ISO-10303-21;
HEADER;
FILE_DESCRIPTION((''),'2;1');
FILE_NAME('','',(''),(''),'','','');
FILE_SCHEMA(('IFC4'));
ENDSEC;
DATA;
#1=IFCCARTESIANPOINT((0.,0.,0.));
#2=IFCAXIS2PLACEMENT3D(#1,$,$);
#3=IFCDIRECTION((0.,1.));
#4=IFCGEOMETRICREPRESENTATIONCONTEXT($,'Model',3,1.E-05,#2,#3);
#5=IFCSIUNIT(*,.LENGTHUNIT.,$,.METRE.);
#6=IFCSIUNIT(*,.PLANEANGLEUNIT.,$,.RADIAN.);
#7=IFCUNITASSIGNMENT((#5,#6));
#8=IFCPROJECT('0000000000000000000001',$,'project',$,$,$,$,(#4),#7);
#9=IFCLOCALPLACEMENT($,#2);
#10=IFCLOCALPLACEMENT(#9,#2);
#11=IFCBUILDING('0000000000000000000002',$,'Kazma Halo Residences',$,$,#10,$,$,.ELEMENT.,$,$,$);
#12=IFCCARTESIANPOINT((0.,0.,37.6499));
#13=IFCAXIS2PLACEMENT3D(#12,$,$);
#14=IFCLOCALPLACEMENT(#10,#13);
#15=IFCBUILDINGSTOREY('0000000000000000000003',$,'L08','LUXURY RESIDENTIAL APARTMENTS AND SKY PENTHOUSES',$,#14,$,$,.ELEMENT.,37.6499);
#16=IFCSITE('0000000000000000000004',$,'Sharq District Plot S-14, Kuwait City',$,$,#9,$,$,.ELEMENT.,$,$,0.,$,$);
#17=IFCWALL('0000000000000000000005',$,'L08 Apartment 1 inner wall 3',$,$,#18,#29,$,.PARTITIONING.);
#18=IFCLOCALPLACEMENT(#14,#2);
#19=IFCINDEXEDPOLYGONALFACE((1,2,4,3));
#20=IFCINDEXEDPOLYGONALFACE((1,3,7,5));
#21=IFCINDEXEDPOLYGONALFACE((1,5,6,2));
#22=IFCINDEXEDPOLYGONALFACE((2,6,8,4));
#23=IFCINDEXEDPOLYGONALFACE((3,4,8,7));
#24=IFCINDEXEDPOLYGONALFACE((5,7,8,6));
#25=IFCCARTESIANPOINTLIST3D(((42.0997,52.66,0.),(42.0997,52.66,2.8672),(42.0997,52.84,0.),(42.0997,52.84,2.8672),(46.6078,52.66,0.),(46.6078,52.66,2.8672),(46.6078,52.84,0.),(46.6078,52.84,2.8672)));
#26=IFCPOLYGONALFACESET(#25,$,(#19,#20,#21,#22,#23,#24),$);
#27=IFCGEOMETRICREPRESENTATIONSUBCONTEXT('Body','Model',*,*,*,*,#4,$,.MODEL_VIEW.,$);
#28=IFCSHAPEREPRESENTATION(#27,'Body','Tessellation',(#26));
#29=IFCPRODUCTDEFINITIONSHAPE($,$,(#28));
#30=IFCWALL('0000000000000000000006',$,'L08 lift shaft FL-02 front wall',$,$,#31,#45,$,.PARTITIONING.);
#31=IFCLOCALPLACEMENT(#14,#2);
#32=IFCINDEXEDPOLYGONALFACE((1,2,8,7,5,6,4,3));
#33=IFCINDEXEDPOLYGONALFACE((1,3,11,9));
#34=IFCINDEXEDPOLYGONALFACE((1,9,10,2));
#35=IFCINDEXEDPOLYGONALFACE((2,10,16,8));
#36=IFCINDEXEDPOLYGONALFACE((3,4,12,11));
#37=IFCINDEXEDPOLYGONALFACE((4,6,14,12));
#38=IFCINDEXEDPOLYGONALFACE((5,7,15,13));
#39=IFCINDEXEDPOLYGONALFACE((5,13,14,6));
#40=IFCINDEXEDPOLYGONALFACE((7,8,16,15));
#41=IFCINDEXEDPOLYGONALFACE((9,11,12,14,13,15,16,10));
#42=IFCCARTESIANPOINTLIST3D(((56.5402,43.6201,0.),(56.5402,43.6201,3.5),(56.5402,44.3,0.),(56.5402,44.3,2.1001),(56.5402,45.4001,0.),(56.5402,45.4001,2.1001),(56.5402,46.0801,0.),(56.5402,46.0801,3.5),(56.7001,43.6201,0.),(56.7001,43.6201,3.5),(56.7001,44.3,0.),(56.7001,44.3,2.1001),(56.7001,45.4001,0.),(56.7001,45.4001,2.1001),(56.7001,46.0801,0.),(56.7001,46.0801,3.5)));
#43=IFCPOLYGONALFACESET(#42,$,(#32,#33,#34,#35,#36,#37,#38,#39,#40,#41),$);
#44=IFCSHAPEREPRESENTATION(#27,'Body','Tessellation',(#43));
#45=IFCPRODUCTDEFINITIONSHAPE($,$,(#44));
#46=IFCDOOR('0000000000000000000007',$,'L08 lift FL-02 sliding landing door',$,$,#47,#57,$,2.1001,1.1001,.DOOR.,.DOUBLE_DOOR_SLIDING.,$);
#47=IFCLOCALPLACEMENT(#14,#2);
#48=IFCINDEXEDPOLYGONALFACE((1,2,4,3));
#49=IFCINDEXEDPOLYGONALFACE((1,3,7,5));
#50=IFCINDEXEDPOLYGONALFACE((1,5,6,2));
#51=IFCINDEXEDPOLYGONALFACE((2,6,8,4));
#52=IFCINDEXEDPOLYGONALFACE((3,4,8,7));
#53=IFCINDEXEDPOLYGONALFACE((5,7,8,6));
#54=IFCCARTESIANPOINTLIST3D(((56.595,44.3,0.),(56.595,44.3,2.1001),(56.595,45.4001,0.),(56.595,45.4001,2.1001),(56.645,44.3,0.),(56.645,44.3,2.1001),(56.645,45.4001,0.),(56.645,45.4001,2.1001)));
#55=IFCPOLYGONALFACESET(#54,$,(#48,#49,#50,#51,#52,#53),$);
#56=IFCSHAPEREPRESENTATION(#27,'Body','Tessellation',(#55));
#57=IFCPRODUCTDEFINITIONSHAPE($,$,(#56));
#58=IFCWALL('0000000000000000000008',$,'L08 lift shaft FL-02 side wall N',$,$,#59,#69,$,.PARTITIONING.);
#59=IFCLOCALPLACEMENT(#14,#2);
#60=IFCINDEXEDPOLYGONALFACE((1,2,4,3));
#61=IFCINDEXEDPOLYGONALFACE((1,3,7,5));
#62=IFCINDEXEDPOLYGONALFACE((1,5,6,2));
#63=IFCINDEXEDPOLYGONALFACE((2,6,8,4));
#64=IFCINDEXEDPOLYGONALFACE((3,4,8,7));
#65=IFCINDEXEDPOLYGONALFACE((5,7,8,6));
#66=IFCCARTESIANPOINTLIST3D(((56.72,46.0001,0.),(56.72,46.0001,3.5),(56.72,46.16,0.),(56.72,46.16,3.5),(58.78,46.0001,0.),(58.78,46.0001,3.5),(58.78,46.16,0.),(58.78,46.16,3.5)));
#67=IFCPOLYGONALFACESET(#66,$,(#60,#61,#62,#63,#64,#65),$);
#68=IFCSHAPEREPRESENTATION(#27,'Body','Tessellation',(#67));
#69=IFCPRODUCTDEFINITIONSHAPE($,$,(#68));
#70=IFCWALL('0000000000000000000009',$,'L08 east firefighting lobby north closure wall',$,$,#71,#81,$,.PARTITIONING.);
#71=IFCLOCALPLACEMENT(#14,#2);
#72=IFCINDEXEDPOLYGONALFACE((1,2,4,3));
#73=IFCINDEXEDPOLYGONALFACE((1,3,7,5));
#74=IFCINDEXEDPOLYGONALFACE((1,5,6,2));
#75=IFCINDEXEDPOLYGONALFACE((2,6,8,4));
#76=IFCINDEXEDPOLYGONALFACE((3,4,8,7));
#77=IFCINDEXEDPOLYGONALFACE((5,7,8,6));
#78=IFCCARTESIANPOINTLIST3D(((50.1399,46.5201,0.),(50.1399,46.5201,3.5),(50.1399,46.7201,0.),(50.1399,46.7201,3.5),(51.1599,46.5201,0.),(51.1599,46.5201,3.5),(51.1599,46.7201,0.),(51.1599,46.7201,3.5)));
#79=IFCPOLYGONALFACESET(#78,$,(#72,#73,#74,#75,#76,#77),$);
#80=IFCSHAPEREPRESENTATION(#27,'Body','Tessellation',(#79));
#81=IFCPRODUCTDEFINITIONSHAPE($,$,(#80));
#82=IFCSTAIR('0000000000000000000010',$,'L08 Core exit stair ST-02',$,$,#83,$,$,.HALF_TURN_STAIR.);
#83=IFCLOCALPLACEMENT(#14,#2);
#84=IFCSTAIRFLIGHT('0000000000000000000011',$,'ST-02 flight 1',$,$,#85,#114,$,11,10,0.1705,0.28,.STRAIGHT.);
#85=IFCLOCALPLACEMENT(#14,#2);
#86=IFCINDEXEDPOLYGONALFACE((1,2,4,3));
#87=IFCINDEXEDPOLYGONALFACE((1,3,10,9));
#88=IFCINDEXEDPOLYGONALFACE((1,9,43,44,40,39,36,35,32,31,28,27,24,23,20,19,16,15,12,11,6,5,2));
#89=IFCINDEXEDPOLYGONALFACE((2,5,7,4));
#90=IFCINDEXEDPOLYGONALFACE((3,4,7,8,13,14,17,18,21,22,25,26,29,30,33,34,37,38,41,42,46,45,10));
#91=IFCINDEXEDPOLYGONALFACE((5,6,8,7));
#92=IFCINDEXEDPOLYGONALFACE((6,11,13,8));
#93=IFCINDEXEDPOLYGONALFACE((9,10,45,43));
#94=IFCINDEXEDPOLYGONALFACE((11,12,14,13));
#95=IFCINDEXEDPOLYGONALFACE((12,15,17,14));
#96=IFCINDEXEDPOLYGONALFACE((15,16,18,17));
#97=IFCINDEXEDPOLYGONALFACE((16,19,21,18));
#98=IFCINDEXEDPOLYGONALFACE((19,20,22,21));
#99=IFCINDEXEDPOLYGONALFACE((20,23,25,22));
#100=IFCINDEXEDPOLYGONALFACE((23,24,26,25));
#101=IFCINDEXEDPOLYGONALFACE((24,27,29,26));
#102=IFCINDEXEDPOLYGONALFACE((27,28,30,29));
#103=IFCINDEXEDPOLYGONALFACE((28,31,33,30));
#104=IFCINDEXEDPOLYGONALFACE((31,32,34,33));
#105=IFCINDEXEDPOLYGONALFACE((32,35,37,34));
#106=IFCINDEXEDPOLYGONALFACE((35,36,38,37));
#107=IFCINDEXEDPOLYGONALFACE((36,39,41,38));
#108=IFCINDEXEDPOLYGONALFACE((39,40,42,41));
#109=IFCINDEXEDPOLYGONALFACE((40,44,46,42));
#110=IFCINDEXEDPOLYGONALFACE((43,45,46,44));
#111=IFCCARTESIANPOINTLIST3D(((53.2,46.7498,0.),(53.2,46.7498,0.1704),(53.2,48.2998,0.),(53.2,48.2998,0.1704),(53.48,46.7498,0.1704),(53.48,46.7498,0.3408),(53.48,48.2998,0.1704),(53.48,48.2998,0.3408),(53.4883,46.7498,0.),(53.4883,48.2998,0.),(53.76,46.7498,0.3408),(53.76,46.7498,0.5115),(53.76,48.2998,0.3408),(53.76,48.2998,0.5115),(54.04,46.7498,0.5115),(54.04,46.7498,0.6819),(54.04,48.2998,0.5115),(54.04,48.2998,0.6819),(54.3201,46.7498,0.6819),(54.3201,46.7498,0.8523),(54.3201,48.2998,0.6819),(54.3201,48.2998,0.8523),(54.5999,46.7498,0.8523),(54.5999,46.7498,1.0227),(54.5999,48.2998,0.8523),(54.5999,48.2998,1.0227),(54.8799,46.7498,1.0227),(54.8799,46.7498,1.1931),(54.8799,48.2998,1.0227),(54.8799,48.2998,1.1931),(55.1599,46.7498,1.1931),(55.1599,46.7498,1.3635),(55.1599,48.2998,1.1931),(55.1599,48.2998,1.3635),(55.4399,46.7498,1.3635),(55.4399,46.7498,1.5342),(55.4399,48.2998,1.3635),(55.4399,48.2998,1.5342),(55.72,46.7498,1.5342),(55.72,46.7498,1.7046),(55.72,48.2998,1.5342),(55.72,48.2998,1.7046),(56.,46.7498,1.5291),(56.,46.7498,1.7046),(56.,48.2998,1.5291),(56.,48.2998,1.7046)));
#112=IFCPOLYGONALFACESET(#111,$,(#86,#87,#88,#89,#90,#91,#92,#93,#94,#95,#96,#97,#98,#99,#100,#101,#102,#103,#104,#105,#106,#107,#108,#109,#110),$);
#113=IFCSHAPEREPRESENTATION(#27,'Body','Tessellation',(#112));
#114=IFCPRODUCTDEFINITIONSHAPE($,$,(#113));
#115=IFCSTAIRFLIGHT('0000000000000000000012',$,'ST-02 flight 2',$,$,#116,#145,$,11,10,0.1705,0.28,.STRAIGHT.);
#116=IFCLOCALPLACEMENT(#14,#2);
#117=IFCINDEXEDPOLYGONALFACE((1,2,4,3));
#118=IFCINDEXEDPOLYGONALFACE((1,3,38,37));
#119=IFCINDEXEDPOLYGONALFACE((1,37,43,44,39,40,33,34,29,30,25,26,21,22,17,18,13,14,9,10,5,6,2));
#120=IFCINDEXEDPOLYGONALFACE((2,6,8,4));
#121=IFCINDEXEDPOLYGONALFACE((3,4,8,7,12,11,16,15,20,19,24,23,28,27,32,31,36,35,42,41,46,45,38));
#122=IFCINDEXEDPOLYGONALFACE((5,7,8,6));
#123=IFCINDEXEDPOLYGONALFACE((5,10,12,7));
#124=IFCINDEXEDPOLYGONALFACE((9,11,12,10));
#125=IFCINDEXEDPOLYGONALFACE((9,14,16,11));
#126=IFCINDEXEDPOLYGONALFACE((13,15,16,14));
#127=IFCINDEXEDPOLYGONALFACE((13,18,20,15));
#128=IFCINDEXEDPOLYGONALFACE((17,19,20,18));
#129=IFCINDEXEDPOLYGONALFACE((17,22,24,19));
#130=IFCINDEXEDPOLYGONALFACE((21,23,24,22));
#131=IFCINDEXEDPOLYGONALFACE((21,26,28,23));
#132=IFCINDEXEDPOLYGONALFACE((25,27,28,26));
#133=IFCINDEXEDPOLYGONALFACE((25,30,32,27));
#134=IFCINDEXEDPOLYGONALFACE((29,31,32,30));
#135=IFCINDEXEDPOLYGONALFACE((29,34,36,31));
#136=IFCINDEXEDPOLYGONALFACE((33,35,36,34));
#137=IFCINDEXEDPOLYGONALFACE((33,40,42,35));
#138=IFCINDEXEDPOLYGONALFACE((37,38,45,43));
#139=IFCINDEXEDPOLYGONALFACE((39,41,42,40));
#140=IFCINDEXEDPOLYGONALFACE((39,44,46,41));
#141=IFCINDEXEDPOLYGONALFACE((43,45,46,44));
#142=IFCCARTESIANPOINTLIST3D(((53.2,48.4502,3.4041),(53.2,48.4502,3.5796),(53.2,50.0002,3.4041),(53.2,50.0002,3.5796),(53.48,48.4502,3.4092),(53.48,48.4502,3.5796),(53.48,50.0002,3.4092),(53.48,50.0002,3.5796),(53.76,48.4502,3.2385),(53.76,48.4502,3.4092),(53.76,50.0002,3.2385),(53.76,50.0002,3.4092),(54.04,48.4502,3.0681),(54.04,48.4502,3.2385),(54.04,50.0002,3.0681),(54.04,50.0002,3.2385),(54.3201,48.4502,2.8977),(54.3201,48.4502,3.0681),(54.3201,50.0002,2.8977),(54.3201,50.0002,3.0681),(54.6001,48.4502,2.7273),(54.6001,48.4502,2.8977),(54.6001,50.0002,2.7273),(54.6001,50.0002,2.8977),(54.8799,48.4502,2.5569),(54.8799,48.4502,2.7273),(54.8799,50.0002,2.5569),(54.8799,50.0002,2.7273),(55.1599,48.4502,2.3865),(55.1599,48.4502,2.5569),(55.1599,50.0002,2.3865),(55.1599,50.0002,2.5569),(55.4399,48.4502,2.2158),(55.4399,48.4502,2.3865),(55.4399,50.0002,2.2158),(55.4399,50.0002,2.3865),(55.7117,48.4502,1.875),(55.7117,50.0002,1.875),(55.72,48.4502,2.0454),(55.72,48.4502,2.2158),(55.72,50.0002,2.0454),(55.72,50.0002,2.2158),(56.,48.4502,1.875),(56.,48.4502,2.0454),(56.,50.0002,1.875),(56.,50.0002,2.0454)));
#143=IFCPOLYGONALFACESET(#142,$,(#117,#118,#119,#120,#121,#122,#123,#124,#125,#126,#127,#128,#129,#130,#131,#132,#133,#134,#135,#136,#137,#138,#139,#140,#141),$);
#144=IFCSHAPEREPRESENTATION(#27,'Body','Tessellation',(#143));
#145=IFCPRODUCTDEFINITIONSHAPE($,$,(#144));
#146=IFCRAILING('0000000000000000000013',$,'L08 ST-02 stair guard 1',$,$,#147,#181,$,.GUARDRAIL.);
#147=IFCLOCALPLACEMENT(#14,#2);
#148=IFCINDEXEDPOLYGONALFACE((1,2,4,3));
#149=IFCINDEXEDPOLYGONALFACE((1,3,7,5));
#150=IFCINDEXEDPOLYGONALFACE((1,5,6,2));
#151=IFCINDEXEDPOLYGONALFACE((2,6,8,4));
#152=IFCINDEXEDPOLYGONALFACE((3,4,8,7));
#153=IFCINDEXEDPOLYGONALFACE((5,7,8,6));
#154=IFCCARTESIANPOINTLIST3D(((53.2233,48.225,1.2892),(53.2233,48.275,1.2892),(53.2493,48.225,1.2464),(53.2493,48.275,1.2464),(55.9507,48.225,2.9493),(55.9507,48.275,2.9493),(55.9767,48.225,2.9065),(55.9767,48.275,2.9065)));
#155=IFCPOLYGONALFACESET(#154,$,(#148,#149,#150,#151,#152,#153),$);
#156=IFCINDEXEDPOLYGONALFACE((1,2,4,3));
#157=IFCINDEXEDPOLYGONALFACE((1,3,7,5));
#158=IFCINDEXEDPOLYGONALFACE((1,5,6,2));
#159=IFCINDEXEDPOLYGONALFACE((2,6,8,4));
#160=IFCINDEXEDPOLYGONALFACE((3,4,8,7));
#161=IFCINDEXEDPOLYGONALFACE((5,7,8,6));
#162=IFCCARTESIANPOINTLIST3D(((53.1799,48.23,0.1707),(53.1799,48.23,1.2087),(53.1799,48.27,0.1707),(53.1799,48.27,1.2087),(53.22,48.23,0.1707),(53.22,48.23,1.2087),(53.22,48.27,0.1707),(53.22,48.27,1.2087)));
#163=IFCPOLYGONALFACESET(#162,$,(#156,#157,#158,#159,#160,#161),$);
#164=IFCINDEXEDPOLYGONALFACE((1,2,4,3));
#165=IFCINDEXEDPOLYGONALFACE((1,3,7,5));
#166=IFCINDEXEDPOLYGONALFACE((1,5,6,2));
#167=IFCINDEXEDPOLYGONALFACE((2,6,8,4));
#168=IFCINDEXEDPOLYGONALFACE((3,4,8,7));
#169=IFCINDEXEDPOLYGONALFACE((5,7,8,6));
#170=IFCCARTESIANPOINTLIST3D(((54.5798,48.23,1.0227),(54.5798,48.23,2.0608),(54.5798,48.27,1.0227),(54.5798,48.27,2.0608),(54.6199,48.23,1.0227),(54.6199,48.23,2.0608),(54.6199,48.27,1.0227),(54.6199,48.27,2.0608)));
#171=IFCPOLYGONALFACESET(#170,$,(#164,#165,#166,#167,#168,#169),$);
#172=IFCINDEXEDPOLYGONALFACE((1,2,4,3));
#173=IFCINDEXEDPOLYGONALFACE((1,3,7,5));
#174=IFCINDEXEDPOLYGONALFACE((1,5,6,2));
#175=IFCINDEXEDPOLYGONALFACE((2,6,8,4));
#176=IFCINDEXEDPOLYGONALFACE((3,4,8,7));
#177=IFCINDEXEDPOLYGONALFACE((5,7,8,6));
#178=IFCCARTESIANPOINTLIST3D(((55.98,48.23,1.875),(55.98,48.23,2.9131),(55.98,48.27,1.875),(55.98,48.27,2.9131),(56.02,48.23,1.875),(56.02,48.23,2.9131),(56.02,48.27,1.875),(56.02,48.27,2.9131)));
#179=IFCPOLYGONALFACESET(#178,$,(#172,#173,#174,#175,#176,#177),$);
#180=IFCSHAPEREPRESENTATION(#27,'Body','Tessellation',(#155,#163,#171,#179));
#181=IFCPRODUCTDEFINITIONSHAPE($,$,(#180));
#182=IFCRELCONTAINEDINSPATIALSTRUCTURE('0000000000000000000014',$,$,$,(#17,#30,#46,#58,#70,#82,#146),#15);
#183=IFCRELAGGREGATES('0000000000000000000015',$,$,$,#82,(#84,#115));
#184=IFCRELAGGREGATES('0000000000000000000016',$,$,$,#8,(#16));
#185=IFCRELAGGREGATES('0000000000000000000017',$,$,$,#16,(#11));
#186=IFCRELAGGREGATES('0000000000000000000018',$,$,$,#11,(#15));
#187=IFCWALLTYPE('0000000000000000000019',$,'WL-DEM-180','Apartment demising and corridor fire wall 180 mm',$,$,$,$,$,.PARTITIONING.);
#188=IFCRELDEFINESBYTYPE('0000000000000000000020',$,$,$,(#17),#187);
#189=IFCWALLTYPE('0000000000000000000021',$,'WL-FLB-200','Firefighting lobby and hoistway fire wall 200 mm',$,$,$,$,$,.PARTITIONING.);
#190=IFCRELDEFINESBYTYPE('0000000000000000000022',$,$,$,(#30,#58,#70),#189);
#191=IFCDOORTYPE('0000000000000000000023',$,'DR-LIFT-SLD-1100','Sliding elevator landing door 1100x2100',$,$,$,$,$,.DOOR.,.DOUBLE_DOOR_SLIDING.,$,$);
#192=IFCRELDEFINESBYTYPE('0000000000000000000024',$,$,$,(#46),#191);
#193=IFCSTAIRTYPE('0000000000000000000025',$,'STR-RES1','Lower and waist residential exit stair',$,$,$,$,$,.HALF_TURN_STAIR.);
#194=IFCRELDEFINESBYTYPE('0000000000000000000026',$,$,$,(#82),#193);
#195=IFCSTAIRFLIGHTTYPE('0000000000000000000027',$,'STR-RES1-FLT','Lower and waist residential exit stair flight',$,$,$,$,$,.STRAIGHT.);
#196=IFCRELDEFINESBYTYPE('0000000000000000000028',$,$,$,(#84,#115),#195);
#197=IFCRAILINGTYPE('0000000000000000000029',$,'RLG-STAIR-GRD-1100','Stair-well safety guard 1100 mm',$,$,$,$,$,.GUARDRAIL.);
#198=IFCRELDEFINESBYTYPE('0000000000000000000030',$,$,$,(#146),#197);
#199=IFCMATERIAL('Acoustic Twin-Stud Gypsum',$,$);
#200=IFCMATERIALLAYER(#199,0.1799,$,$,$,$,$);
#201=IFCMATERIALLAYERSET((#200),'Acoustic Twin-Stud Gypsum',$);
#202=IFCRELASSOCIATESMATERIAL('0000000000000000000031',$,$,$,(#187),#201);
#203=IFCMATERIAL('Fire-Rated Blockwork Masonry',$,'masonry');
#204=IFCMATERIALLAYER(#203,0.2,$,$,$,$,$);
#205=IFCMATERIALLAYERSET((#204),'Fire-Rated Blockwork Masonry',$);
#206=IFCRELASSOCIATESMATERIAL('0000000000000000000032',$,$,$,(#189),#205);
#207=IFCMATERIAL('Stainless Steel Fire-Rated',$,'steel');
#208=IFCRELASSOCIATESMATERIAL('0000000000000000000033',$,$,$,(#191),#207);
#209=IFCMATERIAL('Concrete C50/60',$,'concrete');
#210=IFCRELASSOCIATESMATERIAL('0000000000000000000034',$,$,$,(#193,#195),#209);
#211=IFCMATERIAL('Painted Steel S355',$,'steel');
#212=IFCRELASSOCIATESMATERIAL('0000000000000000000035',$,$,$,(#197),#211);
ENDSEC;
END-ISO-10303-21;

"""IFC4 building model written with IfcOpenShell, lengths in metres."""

from ifc_helpers import new_model, si_unit, direction, frame, frame_2d, origin, origin_2d, place, context, subcontext, project, spatial, polyline, rectangle, outline, extrude, material, layer, layer_set, type_object, element, fill, aggregate, save


model = new_model("IFC4")

# Units and contexts
model_context = context("Model", 3, precision=1e-05, world=origin(), true_north=direction((0.0, 1.0)))
body_context = subcontext(model_context, "Body", "Model", "MODEL_VIEW")
ifc_project = project(units=[si_unit("LENGTHUNIT", "METRE"), si_unit("PLANEANGLEUNIT", "RADIAN")], contexts=[model_context])

# Site, building, storey
site_placement = place(None, origin())
site = spatial("IfcSite", under=ifc_project, at=site_placement, Name="Sharq District Plot S-14, Kuwait City", CompositionType="ELEMENT", RefElevation=0.0)
building_placement = place(site_placement, origin())
building = spatial("IfcBuilding", under=site, at=building_placement, Name="Kazma Halo Residences", CompositionType="ELEMENT")
storey_placement = place(building_placement, frame((0.0, 0.0, 37.6499)))
storey = spatial("IfcBuildingStorey", under=building, at=storey_placement, Name="L08", Description="LUXURY RESIDENTIAL APARTMENTS AND SKY PENTHOUSES", CompositionType="ELEMENT", Elevation=37.6499)

# Wall
ifc_material_1 = material(Name="Acoustic Twin-Stud Gypsum")
ifc_layer_1 = layer(ifc_material_1, 0.1799)
ifc_layer_set_1 = layer_set([ifc_layer_1], Name="Acoustic Twin-Stud Gypsum")
wall_type_1 = type_object("IfcWallType", Name="WL-DEM-180", Description="Apartment demising and corridor fire wall 180 mm", PredefinedType="PARTITIONING", material=ifc_layer_set_1)
wall_1_placement = place(storey_placement, frame((46.6077, 52.75, 0.0), z_axis=(0.0, 0.0, 1.0), x_axis=(-1.0, 0.0, 0.0)))
element("IfcWall", 1, at=wall_1_placement, inside=storey, type_object=wall_type_1, Name="L08 Apartment 1 inner wall 3", PredefinedType="PARTITIONING", context=body_context, shape_type="SweptSolid", body=[
    extrude(rectangle(XDim=4.5081, YDim=0.1799, at=frame_2d((2.2539, 0.0))), origin(), (0.0, 0.0, 1.0), 2.8672),
])

# Wall, opening, door
ifc_material_2 = material(Name="Fire-Rated Blockwork Masonry", Category="masonry")
ifc_layer_2 = layer(ifc_material_2, 0.2)
ifc_layer_set_2 = layer_set([ifc_layer_2], Name="Fire-Rated Blockwork Masonry")
wall_type_2 = type_object("IfcWallType", Name="WL-FLB-200", Description="Firefighting lobby and hoistway fire wall 200 mm", PredefinedType="PARTITIONING", material=ifc_layer_set_2)
wall_2_placement = place(storey_placement, frame((56.6201, 46.0801, 0.0), z_axis=(0.0, 0.0, 1.0), x_axis=(0.0, -1.0, 0.0)))
wall_2 = element("IfcWall", 2, at=wall_2_placement, inside=storey, type_object=wall_type_2, Name="L08 lift shaft FL-02 front wall", PredefinedType="PARTITIONING", context=body_context, shape_type="SweptSolid", body=[
    extrude(rectangle(XDim=2.46, YDim=0.1599, at=frame_2d((1.23, 0.0))), origin(), (0.0, 0.0, 1.0), 3.5),
])
opening_1_placement = place(wall_2_placement, frame((0.6799, 0.0, 0.0)))
opening_1 = element("IfcOpeningElement", 3, at=opening_1_placement, cuts=wall_2, PredefinedType="OPENING", context=body_context, shape_type="SweptSolid", body=[
    extrude(rectangle(XDim=1.1001, YDim=2.1001, at=frame_2d((0.55, 1.05))), frame((0.0, 0.0898, 0.0), z_axis=(0.0, -1.0, 0.0), x_axis=(1.0, 0.0, 0.0)), (0.0, 0.0, 1.0), 0.1799),
])
ifc_material_3 = material(Name="Stainless Steel Fire-Rated", Category="steel")
door_type_1 = type_object("IfcDoorType", Name="DR-LIFT-SLD-1100", Description="Sliding elevator landing door 1100x2100", OperationType="DOUBLE_DOOR_SLIDING", PredefinedType="DOOR", material=ifc_material_3)
door_1_placement = place(opening_1_placement, origin())
door_1 = element("IfcDoor", 4, at=door_1_placement, inside=storey, type_object=door_type_1, Name="L08 lift FL-02 sliding landing door", OperationType="DOUBLE_DOOR_SLIDING", OverallHeight=2.1001, OverallWidth=1.1001, PredefinedType="DOOR", context=body_context, shape_type="SweptSolid", body=[
    extrude(rectangle(XDim=1.1001, YDim=2.1001, at=frame_2d((0.55, 1.05))), frame((0.0, 0.0249, 0.0), z_axis=(0.0, -1.0, 0.0), x_axis=(1.0, 0.0, 0.0)), (0.0, 0.0, 1.0), 0.05),
])
fill(opening_1, door_1)

# Walls
wall_3_placement = place(storey_placement, frame((56.72, 46.0801, 0.0), z_axis=(0.0, 0.0, 1.0), x_axis=(1.0, 0.0, 0.0)))
element("IfcWall", 5, at=wall_3_placement, inside=storey, type_object=wall_type_2, Name="L08 lift shaft FL-02 side wall N", PredefinedType="PARTITIONING", context=body_context, shape_type="SweptSolid", body=[
    extrude(rectangle(XDim=2.0601, YDim=0.1599, at=frame_2d((1.03, 0.0))), origin(), (0.0, 0.0, 1.0), 3.5),
])
wall_4_placement = place(storey_placement, frame((50.1399, 46.6201, 0.0), z_axis=(0.0, 0.0, 1.0), x_axis=(1.0, 0.0, 0.0)))
element("IfcWall", 6, at=wall_4_placement, inside=storey, type_object=wall_type_2, Name="L08 east firefighting lobby north closure wall", PredefinedType="PARTITIONING", context=body_context, shape_type="SweptSolid", body=[
    extrude(rectangle(XDim=1.02, YDim=0.2, at=frame_2d((0.51, 0.0))), origin(), (0.0, 0.0, 1.0), 3.5),
])

# Shared definitions
ifc_material_4 = material(Name="Concrete C50/60", Category="concrete")

# Stair, stair flights
stair_type = type_object("IfcStairType", Name="STR-RES1", Description="Lower and waist residential exit stair", PredefinedType="HALF_TURN_STAIR", material=ifc_material_4)
stair_placement = place(storey_placement, origin())
stair = element("IfcStair", 7, at=stair_placement, inside=storey, type_object=stair_type, Name="L08 Core exit stair ST-02", PredefinedType="HALF_TURN_STAIR")
stair_flight_type = type_object("IfcStairFlightType", Name="STR-RES1-FLT", Description="Lower and waist residential exit stair flight", PredefinedType="STRAIGHT", material=ifc_material_4)
stair_flight_1_placement = place(storey_placement, frame((53.2, 47.5249, 0.0), z_axis=(0.0, 0.0, 1.0), x_axis=(1.0, 0.0, 0.0)))
stair_flight_1 = element("IfcStairFlight", 8, at=stair_flight_1_placement, type_object=stair_flight_type, Name="ST-02 flight 1", NumberOfRisers=11, NumberOfTreads=10, PredefinedType="STRAIGHT", RiserHeight=0.1705, TreadLength=0.28, context=body_context, shape_type="SweptSolid", body=[
    extrude(outline(polyline([(0.0, 0.0), (0.0, 0.1704), (0.28, 0.1704), (0.28, 0.3408), (0.5601, 0.3408), (0.5601, 0.5115), (0.8401, 0.5115), (0.8401, 0.6819), (1.1201, 0.6819), (1.1201, 0.8523), (1.3999, 0.8523), (1.3999, 1.0227), (1.6799, 1.0227), (1.6799, 1.1931), (1.96, 1.1931), (1.96, 1.3635), (2.24, 1.3635), (2.24, 1.5342), (2.52, 1.5342), (2.52, 1.7046), (2.8, 1.7046), (2.8, 1.875), (2.8, 1.5291), (0.2883, 0.0), (0.0, 0.0)])), frame((0.0, 0.7749, 0.0), z_axis=(0.0, -1.0, 0.0), x_axis=(1.0, 0.0, 0.0)), (0.0, 0.0, 1.0), 1.55),
])
stair_flight_2_placement = place(storey_placement, frame((56.0, 49.2251, 1.875), z_axis=(0.0, 0.0, 1.0), x_axis=(-1.0, 0.0, 0.0)))
stair_flight_2 = element("IfcStairFlight", 9, at=stair_flight_2_placement, type_object=stair_flight_type, Name="ST-02 flight 2", NumberOfRisers=11, NumberOfTreads=10, PredefinedType="STRAIGHT", RiserHeight=0.1705, TreadLength=0.28, context=body_context, shape_type="SweptSolid", body=[
    extrude(outline(polyline([(0.0, 0.0), (0.0, 0.1704), (0.28, 0.1704), (0.28, 0.3408), (0.5601, 0.3408), (0.5601, 0.5115), (0.8401, 0.5115), (0.8401, 0.6819), (1.1201, 0.6819), (1.1201, 0.8523), (1.3999, 0.8523), (1.3999, 1.0227), (1.6799, 1.0227), (1.6799, 1.1931), (1.96, 1.1931), (1.96, 1.3635), (2.24, 1.3635), (2.24, 1.5342), (2.52, 1.5342), (2.52, 1.7046), (2.8, 1.7046), (2.8, 1.875), (2.8, 1.5291), (0.2883, 0.0), (0.0, 0.0)])), frame((0.0, 0.7749, 0.0), z_axis=(0.0, -1.0, 0.0), x_axis=(1.0, 0.0, 0.0)), (0.0, 0.0, 1.0), 1.55),
])
aggregate(stair, [stair_flight_1, stair_flight_2])

# Railing
ifc_material_5 = material(Name="Painted Steel S355", Category="steel")
railing_type_1 = type_object("IfcRailingType", Name="RLG-STAIR-GRD-1100", Description="Stair-well safety guard 1100 mm", PredefinedType="GUARDRAIL", material=ifc_material_5)
railing_1_placement = place(storey_placement, frame((53.2, 48.25, 0.1707)))
element("IfcRailing", 10, at=railing_1_placement, inside=storey, type_object=railing_type_1, Name="L08 ST-02 stair guard 1", PredefinedType="GUARDRAIL", context=body_context, shape_type="SweptSolid", body=[
    extrude(rectangle(XDim=0.05, YDim=0.05, at=origin_2d()), frame((0.0364, 0.0, 1.0972), z_axis=(0.854203, 0.0, 0.51994), x_axis=(0.0, 1.0, 0.0)), (0.0, 0.0, 1.0), 3.1929),
    extrude(rectangle(XDim=0.04, YDim=0.04, at=origin_2d()), origin(), (0.0, 0.0, 1.0), 1.0381),
    extrude(rectangle(XDim=0.04, YDim=0.04, at=origin_2d()), frame((1.3999, 0.0, 0.8521)), (0.0, 0.0, 1.0), 1.0381),
    extrude(rectangle(XDim=0.04, YDim=0.04, at=origin_2d()), frame((2.8, 0.0, 1.7043)), (0.0, 0.0, 1.0), 1.0381),
])

save(model, "model.ifc")
